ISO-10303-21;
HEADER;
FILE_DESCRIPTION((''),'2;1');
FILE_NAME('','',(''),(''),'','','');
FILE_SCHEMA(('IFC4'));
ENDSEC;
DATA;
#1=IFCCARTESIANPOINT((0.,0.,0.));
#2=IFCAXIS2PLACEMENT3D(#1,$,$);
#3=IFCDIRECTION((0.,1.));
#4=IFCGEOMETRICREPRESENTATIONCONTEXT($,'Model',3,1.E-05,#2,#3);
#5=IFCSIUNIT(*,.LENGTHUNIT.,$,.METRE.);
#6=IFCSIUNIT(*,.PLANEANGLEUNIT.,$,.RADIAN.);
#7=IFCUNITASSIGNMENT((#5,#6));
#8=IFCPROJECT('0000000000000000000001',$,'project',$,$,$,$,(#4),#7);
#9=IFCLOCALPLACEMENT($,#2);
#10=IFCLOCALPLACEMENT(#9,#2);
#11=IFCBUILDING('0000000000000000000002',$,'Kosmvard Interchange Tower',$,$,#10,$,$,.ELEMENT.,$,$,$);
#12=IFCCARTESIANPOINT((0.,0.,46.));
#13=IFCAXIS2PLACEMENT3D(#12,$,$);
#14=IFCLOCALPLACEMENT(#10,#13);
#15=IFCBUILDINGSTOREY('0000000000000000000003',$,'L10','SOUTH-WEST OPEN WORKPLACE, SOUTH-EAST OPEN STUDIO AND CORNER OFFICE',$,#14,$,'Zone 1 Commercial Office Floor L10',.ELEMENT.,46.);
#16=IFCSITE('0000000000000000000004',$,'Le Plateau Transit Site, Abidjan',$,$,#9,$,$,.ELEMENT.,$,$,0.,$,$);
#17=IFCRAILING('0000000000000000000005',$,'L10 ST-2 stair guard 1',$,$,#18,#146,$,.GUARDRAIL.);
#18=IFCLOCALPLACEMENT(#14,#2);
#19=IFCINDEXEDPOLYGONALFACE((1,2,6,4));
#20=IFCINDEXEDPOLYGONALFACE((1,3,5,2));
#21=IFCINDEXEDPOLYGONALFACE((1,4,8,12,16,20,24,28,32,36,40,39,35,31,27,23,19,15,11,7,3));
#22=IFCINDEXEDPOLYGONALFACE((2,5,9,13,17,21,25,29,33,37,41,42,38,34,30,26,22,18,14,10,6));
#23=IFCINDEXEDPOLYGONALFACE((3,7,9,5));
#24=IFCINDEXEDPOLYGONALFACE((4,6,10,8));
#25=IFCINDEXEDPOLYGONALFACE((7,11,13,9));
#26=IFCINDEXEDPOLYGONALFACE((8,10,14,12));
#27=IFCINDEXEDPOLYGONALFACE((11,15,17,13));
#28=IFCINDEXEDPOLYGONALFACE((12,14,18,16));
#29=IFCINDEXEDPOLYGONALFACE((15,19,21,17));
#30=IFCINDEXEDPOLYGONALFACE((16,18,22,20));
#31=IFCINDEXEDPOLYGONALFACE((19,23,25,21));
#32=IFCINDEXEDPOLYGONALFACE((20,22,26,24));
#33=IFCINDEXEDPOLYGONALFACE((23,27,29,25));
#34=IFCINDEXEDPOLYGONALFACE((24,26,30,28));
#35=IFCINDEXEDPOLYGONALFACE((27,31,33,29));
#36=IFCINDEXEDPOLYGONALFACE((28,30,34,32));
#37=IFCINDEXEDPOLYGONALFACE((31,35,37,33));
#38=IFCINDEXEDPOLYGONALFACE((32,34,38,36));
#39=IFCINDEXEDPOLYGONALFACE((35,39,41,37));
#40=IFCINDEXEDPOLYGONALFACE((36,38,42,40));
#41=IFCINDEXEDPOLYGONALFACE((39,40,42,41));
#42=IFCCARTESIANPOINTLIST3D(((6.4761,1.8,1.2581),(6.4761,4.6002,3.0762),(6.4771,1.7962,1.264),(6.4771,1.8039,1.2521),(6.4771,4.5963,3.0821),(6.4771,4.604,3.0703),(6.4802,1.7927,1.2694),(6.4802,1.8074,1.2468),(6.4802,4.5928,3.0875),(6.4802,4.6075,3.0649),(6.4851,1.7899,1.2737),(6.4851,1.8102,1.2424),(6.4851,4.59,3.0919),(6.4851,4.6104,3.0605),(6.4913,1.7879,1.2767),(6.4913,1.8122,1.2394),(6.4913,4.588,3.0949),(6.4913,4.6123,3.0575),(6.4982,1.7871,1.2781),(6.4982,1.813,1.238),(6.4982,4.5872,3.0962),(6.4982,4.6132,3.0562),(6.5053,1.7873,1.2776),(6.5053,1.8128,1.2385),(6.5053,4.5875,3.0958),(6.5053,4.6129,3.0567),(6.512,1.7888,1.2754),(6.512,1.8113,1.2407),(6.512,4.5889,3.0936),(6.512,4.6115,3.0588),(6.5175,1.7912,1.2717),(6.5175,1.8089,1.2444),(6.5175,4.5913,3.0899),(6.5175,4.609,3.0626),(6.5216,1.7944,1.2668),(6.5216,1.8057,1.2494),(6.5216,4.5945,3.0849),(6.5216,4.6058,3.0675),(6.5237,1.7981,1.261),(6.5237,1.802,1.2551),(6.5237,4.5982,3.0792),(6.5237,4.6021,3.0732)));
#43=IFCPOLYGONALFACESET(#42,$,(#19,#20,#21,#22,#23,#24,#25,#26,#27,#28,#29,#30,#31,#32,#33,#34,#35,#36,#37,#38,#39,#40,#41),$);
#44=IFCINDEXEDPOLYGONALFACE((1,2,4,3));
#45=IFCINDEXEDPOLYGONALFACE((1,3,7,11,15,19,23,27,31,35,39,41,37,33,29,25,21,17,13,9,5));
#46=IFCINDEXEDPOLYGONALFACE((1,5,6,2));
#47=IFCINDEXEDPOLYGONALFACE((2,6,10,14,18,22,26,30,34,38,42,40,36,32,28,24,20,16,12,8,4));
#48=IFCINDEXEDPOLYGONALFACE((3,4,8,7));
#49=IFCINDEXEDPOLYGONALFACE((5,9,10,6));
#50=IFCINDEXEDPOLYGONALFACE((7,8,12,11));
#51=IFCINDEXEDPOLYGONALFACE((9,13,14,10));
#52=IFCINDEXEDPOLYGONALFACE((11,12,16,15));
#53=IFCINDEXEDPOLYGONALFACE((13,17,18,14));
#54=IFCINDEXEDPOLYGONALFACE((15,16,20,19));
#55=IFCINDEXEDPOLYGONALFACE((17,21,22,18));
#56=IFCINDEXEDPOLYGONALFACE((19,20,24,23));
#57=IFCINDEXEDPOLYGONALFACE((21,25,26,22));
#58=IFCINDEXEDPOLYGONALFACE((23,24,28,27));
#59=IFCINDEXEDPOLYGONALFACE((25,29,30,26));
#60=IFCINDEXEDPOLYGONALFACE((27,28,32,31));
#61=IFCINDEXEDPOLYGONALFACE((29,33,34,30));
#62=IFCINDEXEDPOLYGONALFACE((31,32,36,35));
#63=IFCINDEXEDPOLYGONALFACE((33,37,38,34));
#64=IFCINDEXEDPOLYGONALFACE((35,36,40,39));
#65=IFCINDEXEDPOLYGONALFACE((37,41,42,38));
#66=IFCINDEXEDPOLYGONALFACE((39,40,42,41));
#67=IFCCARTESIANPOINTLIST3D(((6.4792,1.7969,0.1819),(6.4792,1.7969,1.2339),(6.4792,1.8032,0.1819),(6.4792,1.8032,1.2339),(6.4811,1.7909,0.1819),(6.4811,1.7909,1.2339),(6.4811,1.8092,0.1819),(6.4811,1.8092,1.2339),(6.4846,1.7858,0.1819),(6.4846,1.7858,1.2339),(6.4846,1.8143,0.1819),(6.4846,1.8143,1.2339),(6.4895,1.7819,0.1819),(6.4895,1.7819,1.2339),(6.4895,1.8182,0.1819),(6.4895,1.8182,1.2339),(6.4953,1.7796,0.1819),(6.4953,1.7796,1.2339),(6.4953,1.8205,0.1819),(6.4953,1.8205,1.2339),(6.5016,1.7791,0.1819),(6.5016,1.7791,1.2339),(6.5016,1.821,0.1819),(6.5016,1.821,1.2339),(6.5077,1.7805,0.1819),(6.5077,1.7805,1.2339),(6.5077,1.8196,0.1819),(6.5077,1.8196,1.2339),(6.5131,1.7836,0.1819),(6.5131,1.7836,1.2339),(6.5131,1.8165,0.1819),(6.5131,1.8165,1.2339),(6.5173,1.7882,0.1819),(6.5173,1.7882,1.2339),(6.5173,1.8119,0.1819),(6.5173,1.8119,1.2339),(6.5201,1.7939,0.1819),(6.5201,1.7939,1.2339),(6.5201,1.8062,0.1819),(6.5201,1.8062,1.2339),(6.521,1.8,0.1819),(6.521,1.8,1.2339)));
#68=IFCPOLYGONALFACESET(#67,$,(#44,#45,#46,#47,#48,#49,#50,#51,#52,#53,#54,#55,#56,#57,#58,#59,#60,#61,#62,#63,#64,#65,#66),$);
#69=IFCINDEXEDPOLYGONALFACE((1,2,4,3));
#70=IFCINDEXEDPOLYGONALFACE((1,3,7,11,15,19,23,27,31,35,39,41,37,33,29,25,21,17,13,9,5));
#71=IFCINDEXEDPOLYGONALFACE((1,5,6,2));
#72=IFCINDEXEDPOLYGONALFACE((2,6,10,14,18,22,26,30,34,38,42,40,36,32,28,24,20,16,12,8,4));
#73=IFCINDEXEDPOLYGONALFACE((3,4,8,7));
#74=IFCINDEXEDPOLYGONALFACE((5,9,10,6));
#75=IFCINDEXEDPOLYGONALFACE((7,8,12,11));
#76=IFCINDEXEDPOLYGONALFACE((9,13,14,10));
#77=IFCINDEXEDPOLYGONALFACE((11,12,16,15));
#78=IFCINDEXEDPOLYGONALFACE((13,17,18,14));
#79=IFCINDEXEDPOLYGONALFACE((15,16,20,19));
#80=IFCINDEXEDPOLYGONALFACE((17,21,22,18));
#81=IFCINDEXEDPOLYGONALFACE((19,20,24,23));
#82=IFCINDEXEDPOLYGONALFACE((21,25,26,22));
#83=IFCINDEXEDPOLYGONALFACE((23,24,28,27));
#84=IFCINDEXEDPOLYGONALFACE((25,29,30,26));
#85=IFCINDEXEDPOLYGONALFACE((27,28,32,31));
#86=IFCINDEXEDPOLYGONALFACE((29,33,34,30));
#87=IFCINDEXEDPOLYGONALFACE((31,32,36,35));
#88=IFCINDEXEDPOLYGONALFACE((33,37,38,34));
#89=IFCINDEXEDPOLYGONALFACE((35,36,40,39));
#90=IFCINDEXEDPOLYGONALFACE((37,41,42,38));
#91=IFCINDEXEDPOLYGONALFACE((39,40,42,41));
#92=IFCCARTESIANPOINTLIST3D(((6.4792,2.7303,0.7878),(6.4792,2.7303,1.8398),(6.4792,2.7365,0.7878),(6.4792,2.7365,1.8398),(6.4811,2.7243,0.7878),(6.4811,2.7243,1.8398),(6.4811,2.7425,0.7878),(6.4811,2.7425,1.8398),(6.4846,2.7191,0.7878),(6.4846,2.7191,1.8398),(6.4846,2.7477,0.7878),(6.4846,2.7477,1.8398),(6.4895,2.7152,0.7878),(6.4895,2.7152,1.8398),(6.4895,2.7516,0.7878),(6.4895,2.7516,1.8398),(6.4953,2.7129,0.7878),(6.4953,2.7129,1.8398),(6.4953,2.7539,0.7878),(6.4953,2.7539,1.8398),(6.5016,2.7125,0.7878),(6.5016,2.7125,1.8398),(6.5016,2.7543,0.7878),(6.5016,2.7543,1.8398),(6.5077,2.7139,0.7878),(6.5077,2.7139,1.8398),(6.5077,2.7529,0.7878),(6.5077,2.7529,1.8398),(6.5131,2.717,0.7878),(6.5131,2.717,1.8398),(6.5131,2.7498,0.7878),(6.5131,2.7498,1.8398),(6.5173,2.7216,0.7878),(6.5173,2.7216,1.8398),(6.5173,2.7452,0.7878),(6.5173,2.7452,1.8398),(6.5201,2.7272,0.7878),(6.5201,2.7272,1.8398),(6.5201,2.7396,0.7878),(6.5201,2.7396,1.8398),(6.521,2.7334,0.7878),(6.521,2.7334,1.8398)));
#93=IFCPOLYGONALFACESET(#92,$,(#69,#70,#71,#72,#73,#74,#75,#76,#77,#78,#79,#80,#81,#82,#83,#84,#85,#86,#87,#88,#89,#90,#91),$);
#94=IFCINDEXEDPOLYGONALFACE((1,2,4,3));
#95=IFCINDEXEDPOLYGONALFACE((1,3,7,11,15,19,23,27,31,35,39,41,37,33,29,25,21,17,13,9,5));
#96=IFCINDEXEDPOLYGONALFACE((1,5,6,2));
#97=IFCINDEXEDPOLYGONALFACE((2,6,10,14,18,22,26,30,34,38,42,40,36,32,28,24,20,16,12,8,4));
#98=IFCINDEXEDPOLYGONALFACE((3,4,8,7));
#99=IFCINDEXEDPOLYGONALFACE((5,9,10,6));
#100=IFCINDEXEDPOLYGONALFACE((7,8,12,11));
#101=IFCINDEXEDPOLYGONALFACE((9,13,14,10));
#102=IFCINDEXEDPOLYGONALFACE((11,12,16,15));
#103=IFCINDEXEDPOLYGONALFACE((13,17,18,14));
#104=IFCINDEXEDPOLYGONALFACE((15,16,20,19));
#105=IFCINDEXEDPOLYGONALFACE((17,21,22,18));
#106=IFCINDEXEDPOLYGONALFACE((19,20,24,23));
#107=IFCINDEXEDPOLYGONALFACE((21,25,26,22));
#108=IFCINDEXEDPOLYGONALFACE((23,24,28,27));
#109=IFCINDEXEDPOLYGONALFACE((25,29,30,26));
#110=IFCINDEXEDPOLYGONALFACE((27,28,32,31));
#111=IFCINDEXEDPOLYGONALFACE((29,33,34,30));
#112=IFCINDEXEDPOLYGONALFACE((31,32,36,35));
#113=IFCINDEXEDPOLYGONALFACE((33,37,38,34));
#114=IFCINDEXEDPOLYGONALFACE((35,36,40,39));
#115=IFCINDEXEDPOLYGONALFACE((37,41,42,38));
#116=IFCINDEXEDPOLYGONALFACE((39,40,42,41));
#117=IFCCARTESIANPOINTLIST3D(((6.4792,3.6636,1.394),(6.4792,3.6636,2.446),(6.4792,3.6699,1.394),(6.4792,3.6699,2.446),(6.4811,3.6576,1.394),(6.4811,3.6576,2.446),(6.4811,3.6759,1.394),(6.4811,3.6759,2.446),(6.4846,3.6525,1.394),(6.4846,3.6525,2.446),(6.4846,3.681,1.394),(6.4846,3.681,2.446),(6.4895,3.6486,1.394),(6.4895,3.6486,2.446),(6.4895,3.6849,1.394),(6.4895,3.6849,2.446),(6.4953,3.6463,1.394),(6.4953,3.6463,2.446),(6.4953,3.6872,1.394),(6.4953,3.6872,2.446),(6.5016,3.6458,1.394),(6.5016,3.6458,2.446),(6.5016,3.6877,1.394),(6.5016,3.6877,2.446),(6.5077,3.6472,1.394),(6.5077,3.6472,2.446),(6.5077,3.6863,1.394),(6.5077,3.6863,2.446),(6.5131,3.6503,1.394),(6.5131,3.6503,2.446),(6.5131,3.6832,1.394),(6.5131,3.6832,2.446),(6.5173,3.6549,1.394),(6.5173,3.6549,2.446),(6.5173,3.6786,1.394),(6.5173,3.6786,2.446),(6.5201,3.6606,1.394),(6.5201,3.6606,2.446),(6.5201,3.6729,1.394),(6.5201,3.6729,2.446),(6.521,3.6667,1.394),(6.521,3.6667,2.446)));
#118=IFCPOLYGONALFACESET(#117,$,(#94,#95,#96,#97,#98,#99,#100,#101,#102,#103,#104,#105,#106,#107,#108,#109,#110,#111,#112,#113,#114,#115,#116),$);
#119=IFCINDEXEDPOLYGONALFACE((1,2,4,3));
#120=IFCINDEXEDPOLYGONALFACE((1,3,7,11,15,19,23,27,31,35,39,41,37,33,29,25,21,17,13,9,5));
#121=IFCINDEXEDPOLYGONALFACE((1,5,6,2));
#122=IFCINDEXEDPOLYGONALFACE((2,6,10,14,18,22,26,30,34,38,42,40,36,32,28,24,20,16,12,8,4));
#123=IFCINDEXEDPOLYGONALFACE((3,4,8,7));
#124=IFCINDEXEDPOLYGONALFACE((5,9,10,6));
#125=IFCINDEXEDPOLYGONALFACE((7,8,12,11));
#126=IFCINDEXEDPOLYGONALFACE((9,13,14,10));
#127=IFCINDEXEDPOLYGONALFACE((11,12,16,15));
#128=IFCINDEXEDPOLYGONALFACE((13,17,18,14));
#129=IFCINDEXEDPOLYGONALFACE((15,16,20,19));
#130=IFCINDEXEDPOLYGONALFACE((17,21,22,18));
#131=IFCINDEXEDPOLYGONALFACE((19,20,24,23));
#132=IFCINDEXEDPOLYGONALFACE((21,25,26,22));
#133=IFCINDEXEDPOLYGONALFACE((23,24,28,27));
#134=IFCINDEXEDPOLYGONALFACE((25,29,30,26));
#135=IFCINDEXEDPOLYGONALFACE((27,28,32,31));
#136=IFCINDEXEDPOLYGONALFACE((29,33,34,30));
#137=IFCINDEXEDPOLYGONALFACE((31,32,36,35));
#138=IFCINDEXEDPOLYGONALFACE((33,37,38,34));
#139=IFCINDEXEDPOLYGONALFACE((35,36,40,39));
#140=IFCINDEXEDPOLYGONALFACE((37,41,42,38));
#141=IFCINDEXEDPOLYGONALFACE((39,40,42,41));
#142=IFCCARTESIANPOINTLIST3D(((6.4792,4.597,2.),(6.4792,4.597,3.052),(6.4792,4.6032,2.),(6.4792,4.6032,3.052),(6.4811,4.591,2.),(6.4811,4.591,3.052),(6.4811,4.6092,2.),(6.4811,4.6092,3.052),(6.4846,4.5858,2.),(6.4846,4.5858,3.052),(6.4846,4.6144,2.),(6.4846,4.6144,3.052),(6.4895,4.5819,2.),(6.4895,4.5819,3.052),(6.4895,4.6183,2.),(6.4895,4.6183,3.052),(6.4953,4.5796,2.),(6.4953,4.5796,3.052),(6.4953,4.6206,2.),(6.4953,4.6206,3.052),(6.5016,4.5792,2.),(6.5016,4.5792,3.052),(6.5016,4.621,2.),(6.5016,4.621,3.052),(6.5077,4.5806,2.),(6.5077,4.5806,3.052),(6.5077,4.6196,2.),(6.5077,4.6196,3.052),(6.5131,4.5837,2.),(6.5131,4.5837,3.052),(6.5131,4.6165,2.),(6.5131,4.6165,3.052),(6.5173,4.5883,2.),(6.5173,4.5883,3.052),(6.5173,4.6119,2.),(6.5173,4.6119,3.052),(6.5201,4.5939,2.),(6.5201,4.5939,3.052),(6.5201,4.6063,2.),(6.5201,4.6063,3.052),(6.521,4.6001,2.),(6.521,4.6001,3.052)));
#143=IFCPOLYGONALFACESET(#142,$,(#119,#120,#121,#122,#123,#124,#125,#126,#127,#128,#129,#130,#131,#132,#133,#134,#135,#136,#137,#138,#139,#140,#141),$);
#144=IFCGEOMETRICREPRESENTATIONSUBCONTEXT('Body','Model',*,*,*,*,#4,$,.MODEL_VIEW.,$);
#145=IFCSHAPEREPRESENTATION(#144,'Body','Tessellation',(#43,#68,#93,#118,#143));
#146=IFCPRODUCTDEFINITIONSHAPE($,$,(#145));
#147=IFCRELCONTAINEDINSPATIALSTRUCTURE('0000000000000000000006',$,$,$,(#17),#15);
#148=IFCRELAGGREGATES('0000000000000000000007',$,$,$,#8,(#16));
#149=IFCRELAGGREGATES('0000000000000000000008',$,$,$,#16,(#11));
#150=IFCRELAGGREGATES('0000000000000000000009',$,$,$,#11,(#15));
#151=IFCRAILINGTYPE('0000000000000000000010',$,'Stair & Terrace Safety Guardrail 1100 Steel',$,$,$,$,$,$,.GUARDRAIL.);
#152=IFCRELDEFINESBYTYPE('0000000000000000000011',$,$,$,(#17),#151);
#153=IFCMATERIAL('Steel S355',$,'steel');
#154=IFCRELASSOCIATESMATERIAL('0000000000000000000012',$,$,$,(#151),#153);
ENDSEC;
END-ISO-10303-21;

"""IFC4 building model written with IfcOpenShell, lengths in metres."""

from ifc_helpers import new_model, si_unit, direction, frame, origin, origin_2d, place, context, subcontext, project, spatial, circle, extrude, source, transform, mapped, material, type_object, element, save


model = new_model("IFC4")

# Units and contexts
model_context = context("Model", 3, precision=1e-05, world=origin(), true_north=direction((0.0, 1.0)))
body_context = subcontext(model_context, "Body", "Model", "MODEL_VIEW")
ifc_project = project(units=[si_unit("LENGTHUNIT", "METRE"), si_unit("PLANEANGLEUNIT", "RADIAN")], contexts=[model_context])

# Site, building, storey
site_placement = place(None, origin())
site = spatial("IfcSite", under=ifc_project, at=site_placement, Name="Le Plateau Transit Site, Abidjan", CompositionType="ELEMENT", RefElevation=0.0)
building_placement = place(site_placement, origin())
building = spatial("IfcBuilding", under=site, at=building_placement, Name="Kosmvard Interchange Tower", CompositionType="ELEMENT")
storey_placement = place(building_placement, frame((0.0, 0.0, 46.0)))
storey = spatial("IfcBuildingStorey", under=building, at=storey_placement, Name="L10", Description="SOUTH-WEST OPEN WORKPLACE, SOUTH-EAST OPEN STUDIO AND CORNER OFFICE", LongName="Zone 1 Commercial Office Floor L10", CompositionType="ELEMENT", Elevation=46.0)

# Shared definitions
ifc_material_1 = material(Name="Steel S355", Category="steel")

# Railing
railing_type_1 = type_object("IfcRailingType", Name="Stair & Terrace Safety Guardrail 1100 Steel", PredefinedType="GUARDRAIL", material=ifc_material_1)
shared_shape_1 = source(origin(), body_context, "Body", "SweptSolid", [
    extrude(circle(Radius=0.0239, at=origin_2d()), frame((0.0, 0.0, 1.0762), z_axis=(0.0, 0.838706, 0.544585), x_axis=(-1.0, 0.0, 0.0)), (0.0, 0.0, 1.0), 3.3386),
    extrude(circle(Radius=0.021, at=origin_2d()), origin(), (0.0, 0.0, 1.0), 1.052),
    extrude(circle(Radius=0.021, at=origin_2d()), frame((0.0, 0.9333, 0.606)), (0.0, 0.0, 1.0), 1.052),
    extrude(circle(Radius=0.021, at=origin_2d()), frame((0.0, 1.8667, 1.2122)), (0.0, 0.0, 1.0), 1.052),
    extrude(circle(Radius=0.021, at=origin_2d()), frame((0.0, 2.8, 1.8181)), (0.0, 0.0, 1.0), 1.052),
])
railing_1_placement = place(storey_placement, frame((6.5, 1.8, 0.1819)))
element("IfcRailing", 1, at=railing_1_placement, inside=storey, type_object=railing_type_1, Name="L10 ST-2 stair guard 1", PredefinedType="GUARDRAIL", context=body_context, shape_type="MappedRepresentation", body=[
    mapped(shared_shape_1, transform((0.0, 0.0, 0.0), scale=1.0)),
])

save(model, "model.ifc")
